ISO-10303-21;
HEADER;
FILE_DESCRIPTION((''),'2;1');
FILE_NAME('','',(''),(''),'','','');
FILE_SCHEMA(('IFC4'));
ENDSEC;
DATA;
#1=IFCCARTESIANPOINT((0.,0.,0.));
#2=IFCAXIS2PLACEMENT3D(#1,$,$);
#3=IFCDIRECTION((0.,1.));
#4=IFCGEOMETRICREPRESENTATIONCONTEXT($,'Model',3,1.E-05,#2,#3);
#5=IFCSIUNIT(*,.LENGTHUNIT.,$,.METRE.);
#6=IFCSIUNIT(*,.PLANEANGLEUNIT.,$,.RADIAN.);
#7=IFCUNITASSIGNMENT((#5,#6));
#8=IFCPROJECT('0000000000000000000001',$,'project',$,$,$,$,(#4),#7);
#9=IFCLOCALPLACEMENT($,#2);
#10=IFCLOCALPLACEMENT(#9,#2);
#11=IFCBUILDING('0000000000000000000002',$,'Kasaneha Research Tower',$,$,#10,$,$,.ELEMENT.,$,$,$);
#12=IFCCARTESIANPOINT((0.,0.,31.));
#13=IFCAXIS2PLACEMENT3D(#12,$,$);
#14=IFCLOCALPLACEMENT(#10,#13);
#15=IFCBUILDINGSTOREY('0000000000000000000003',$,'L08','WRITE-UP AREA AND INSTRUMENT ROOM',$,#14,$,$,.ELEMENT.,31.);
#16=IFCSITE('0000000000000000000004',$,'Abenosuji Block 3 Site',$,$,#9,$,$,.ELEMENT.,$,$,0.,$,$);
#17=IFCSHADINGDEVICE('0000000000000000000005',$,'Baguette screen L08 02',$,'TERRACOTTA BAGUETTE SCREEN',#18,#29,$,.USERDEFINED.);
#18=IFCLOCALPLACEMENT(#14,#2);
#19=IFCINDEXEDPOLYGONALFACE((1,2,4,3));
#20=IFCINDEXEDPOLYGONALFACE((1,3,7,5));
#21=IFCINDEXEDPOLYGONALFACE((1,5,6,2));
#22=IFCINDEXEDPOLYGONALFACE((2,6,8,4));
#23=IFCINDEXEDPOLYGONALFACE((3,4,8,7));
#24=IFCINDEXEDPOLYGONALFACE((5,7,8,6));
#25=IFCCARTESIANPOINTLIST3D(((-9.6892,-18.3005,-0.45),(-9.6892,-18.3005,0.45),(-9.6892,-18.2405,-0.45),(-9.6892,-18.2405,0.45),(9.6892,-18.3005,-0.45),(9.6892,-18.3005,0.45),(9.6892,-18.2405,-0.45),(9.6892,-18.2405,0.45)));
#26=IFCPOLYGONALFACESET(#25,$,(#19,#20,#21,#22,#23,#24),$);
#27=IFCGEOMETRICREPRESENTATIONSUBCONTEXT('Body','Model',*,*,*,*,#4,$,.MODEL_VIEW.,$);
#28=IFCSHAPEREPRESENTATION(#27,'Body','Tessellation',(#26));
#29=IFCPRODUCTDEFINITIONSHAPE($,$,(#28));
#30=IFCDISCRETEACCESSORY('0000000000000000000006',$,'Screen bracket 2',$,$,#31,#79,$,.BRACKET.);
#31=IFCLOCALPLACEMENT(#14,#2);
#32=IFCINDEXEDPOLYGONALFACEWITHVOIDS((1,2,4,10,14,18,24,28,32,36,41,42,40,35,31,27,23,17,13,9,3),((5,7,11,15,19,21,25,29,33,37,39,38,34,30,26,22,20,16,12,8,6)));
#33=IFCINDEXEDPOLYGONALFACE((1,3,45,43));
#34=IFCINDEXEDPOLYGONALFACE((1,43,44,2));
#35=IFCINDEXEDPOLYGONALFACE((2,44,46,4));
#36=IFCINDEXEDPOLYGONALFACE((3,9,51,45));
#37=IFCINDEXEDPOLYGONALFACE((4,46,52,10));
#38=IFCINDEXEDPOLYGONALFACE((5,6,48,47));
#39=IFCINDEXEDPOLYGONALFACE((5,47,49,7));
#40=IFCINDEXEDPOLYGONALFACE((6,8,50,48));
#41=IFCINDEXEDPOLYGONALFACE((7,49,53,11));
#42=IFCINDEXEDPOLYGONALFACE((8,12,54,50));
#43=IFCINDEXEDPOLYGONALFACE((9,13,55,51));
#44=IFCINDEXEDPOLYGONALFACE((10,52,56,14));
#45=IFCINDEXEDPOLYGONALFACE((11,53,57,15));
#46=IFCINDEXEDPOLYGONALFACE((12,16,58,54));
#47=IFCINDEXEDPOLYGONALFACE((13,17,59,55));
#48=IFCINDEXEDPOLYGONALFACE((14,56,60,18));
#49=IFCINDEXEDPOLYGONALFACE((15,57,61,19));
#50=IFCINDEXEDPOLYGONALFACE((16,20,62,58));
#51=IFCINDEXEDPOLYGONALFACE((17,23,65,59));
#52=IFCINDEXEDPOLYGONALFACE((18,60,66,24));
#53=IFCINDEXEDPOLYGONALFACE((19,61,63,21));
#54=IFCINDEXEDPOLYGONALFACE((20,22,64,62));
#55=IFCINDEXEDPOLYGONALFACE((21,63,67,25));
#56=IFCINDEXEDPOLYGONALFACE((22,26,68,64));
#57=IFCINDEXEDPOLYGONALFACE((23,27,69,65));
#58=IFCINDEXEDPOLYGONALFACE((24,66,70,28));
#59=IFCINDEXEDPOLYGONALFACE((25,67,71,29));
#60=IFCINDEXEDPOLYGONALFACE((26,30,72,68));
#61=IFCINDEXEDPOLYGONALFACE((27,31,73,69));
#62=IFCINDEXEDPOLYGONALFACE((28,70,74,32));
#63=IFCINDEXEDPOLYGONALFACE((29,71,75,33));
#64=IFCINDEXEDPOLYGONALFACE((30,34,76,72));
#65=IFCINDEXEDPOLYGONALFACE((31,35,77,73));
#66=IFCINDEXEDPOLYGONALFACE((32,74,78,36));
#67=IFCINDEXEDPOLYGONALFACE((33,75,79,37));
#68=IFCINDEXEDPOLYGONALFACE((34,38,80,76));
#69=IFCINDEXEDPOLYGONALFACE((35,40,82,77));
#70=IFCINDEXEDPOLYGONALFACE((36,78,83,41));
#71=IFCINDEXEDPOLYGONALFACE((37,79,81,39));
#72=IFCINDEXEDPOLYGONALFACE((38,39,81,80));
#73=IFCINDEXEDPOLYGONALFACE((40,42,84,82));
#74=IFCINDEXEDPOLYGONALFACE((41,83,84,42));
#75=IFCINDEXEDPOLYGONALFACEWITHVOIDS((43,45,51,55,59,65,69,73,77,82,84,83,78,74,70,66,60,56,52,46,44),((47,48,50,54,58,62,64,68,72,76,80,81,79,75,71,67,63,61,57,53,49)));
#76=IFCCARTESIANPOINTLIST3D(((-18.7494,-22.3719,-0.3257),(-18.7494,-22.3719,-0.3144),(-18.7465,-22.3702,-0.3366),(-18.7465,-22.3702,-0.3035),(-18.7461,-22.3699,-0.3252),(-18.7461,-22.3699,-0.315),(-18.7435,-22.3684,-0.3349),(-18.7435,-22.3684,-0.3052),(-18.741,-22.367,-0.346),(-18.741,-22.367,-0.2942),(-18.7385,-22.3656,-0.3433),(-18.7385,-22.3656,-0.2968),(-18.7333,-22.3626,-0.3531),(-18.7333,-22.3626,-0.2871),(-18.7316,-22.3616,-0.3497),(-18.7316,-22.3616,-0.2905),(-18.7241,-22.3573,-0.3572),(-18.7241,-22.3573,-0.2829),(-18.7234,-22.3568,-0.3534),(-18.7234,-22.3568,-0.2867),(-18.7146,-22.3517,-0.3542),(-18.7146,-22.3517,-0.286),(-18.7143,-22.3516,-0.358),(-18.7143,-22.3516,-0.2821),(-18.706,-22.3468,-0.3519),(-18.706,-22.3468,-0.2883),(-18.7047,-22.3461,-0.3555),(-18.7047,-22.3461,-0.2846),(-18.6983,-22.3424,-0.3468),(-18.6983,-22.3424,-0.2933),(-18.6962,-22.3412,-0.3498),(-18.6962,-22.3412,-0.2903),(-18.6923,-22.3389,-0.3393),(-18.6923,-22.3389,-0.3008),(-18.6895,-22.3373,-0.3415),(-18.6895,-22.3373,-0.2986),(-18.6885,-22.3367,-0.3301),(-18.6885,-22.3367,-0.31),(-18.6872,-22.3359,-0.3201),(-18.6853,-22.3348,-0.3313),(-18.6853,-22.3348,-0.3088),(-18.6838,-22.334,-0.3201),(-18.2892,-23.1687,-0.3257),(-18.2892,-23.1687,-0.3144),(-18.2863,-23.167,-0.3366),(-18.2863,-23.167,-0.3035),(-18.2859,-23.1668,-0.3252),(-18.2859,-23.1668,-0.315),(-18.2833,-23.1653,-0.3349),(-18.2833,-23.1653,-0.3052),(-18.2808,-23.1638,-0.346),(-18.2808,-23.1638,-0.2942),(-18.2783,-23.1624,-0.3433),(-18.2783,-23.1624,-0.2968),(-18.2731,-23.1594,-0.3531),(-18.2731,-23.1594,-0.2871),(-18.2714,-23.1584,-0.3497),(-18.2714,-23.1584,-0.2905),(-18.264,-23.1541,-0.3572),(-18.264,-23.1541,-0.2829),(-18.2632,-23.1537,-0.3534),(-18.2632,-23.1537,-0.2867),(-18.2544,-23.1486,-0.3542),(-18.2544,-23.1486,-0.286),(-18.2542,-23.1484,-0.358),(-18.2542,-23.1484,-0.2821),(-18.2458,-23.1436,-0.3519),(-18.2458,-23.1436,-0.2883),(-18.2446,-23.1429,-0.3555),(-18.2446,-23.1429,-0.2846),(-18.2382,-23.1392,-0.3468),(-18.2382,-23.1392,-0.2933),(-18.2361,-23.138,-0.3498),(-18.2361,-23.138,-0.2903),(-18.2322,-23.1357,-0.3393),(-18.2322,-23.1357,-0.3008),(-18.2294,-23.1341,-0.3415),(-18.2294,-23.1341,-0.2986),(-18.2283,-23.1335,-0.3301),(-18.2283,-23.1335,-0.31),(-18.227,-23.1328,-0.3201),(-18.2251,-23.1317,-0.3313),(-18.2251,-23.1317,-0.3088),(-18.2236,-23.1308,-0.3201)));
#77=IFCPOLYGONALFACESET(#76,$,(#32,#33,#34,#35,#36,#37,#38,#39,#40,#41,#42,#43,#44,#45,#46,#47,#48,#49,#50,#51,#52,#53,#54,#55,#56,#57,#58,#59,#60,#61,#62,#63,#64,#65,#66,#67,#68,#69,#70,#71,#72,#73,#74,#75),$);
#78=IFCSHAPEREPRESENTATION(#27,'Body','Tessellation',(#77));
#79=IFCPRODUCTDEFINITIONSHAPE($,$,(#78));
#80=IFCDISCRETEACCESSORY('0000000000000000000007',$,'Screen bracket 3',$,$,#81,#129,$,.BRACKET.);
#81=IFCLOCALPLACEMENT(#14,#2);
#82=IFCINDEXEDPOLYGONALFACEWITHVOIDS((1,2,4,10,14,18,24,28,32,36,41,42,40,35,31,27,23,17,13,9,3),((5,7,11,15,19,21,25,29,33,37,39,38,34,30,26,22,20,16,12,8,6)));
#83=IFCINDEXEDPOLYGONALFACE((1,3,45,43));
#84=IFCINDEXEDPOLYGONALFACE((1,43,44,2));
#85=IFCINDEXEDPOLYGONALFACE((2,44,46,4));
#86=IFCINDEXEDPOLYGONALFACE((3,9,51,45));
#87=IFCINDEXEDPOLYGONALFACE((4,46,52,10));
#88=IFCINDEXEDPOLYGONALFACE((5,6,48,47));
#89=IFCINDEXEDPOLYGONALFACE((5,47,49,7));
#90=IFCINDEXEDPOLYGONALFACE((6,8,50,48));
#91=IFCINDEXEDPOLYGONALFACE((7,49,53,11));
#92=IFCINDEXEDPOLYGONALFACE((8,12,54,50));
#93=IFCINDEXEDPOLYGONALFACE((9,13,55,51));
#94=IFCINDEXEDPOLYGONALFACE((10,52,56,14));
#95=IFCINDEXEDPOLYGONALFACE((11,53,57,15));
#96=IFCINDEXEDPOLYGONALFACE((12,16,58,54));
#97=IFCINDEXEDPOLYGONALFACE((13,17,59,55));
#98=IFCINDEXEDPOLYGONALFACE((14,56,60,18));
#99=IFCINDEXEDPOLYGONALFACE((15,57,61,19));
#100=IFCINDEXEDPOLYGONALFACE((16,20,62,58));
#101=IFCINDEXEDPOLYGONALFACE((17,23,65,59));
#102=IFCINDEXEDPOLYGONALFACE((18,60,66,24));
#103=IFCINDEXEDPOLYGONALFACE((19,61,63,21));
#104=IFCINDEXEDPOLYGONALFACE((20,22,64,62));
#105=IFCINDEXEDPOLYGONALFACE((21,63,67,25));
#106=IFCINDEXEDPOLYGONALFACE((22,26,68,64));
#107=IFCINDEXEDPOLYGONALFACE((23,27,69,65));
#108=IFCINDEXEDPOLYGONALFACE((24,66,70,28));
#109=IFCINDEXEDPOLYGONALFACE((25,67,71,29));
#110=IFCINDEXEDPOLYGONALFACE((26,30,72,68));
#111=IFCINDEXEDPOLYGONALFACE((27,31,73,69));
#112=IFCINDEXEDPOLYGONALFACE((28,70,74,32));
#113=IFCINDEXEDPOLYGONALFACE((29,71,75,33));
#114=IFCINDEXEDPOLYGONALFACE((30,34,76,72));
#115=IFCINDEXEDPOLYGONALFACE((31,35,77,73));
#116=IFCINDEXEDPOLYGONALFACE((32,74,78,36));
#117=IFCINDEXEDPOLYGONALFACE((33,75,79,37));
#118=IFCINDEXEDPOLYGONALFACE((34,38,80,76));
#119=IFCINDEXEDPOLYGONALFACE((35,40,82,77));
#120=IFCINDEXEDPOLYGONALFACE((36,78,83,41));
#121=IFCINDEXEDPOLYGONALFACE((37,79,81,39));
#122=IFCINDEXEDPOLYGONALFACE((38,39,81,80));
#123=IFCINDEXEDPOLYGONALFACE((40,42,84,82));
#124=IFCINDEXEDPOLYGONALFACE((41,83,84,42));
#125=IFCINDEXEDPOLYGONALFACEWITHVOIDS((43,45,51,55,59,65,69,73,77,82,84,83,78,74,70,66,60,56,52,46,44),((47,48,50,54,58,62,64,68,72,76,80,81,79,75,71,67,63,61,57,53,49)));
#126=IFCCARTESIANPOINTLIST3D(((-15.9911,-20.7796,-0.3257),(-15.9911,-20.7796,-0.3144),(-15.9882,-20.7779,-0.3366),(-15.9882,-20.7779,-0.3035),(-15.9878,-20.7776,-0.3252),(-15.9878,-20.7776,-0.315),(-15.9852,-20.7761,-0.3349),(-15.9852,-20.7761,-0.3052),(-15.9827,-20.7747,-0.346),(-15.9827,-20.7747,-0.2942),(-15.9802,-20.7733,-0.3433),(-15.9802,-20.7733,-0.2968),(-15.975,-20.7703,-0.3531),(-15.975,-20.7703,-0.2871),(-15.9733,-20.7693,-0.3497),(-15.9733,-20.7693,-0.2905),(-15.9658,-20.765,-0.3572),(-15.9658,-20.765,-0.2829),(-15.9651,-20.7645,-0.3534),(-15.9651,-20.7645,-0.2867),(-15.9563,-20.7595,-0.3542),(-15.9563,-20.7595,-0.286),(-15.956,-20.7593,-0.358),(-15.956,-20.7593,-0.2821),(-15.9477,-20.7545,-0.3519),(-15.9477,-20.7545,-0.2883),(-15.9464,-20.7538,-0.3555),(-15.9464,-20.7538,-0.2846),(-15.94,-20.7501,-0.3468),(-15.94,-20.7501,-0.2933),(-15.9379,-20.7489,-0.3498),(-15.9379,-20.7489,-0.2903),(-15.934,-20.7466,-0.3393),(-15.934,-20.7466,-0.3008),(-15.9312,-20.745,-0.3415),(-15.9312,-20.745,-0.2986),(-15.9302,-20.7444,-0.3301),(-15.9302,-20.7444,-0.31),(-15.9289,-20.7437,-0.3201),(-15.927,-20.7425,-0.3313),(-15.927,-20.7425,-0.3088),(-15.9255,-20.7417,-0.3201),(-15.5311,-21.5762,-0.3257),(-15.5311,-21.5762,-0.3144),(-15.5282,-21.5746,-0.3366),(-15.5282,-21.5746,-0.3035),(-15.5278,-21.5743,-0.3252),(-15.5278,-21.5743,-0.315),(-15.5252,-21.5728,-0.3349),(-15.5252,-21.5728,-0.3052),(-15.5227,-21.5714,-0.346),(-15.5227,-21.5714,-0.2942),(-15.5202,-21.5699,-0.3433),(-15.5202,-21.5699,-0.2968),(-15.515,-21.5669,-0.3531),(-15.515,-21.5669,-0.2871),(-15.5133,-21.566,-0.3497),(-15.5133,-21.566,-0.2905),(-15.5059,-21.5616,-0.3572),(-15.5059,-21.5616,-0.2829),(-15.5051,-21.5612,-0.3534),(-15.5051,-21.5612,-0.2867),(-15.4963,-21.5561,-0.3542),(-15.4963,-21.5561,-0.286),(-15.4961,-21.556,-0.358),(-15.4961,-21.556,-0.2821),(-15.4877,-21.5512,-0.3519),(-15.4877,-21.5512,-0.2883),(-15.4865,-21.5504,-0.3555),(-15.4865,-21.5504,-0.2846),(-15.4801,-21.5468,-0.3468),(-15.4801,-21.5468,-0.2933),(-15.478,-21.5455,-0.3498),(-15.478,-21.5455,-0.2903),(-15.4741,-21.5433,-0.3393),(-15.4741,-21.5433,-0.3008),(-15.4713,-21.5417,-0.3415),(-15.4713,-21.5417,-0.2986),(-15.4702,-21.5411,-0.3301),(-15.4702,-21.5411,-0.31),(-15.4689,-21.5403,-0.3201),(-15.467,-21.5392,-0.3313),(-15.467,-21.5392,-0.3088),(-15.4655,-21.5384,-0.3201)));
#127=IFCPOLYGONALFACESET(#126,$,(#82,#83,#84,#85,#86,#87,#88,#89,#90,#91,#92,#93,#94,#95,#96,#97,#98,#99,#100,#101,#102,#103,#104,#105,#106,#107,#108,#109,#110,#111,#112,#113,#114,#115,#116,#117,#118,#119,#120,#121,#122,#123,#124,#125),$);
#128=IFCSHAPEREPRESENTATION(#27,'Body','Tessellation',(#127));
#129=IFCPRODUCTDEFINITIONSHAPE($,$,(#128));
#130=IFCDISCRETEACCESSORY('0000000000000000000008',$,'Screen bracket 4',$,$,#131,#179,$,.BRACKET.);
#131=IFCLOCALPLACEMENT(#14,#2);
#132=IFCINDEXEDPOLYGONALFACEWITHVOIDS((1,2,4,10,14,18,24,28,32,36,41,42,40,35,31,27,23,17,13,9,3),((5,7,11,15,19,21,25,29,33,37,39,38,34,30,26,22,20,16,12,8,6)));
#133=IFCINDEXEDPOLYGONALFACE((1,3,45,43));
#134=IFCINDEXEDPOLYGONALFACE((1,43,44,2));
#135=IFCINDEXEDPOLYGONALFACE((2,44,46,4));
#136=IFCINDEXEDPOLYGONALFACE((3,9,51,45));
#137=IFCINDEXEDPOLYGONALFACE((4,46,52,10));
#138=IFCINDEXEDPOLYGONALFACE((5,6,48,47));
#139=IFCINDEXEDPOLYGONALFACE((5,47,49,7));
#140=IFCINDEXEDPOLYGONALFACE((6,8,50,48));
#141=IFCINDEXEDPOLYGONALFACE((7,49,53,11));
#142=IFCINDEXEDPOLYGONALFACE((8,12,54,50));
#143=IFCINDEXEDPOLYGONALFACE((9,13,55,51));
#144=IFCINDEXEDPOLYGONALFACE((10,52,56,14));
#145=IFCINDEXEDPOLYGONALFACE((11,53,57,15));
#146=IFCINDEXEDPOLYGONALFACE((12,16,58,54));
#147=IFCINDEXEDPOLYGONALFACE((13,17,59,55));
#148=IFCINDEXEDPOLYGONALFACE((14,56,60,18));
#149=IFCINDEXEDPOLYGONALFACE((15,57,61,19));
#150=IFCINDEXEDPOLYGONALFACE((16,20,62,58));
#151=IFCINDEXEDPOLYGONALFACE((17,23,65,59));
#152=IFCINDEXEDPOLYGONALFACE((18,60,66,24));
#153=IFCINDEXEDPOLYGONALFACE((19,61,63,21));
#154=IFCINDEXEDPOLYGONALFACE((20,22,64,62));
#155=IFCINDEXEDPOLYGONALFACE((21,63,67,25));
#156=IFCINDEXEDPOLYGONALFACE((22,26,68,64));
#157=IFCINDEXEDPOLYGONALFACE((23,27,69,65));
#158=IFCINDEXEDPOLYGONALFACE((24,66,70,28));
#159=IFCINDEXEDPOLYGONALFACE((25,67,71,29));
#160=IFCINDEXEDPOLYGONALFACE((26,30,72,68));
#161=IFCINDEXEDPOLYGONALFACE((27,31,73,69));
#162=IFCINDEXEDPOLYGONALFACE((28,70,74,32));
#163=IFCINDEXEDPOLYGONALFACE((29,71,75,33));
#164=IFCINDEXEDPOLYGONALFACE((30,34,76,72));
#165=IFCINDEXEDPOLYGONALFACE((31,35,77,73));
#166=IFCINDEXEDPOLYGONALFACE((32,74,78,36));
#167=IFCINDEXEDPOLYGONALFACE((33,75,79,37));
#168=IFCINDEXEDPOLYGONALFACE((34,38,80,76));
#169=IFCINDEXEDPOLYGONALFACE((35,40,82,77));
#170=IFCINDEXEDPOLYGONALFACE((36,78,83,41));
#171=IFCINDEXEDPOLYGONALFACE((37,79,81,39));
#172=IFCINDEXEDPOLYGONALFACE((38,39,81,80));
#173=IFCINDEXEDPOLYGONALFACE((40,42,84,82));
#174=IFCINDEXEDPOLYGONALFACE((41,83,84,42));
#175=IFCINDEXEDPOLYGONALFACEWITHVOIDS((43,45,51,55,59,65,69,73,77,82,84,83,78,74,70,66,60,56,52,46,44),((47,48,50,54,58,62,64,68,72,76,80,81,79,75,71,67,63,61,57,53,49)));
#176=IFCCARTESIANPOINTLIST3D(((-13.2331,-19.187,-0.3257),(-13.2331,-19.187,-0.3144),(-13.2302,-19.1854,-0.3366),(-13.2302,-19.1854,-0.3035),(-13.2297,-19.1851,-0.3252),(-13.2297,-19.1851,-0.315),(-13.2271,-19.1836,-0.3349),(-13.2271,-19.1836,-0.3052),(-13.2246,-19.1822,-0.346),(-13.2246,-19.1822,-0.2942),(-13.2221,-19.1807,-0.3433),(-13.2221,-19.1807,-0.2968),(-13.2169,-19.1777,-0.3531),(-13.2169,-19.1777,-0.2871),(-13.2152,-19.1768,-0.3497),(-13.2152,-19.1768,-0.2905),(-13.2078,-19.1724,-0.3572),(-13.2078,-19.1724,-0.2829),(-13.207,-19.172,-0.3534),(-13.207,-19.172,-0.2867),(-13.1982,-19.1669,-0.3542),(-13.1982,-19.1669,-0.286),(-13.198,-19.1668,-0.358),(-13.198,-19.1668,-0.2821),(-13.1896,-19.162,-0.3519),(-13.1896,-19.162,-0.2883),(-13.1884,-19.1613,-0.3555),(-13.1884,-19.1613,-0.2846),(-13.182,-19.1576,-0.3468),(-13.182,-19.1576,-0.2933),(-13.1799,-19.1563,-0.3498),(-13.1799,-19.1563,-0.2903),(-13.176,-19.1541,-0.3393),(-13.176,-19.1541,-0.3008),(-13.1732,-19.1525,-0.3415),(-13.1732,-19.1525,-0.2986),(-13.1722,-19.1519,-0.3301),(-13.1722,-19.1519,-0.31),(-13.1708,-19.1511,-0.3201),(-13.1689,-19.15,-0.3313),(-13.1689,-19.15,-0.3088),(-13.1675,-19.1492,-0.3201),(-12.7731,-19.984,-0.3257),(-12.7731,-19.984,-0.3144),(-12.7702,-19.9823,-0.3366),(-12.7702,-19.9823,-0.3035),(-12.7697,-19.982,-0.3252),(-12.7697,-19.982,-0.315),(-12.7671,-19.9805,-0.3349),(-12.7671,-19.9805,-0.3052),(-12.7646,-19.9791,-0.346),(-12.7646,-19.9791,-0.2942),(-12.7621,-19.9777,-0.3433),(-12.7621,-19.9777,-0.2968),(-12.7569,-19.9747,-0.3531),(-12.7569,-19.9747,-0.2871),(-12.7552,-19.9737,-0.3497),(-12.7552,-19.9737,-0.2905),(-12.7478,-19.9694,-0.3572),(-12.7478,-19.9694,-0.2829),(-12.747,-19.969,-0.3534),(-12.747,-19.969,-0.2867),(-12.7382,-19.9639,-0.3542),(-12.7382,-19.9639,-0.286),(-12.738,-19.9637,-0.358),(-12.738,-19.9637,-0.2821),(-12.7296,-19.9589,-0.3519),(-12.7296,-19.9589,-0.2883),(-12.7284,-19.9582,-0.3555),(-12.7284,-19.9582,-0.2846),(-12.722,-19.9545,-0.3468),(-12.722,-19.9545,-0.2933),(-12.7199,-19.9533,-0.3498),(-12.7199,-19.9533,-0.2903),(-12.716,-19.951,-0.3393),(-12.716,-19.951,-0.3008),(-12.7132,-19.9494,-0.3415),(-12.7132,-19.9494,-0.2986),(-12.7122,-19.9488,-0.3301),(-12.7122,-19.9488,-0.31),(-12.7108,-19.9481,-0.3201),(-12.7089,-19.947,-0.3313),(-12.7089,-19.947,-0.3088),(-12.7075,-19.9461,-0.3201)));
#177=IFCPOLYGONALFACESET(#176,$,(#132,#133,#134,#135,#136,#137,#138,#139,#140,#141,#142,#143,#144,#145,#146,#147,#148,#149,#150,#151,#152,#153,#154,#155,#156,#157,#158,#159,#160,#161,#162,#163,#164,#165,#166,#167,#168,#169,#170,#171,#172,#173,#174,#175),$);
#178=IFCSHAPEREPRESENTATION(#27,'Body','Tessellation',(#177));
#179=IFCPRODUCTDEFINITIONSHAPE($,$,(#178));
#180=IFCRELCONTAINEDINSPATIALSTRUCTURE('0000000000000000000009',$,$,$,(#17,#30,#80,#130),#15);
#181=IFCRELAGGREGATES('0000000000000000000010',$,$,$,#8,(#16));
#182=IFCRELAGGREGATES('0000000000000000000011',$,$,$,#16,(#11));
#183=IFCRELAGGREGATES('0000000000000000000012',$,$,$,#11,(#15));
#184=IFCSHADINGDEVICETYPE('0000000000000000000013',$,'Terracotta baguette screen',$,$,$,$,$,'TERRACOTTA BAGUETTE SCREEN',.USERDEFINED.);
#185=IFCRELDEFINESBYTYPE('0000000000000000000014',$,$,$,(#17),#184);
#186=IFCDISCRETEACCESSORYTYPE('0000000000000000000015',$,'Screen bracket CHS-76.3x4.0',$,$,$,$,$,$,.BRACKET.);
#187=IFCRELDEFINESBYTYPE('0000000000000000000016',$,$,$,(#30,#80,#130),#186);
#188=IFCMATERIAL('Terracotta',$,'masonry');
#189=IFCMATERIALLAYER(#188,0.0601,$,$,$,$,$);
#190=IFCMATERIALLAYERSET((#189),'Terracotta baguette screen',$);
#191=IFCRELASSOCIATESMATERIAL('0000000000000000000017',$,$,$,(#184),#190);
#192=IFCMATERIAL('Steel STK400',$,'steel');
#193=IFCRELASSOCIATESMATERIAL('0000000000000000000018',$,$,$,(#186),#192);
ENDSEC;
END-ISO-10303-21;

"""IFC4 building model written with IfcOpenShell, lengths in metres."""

from ifc_helpers import new_model, si_unit, direction, frame, origin, origin_2d, place, context, subcontext, project, spatial, rectangle, hollow_circle, extrude, material, layer, layer_set, material_profile, profile_set, type_object, element, save


model = new_model("IFC4")

# Units and contexts
model_context = context("Model", 3, precision=1e-05, world=origin(), true_north=direction((0.0, 1.0)))
body_context = subcontext(model_context, "Body", "Model", "MODEL_VIEW")
ifc_project = project(units=[si_unit("LENGTHUNIT", "METRE"), si_unit("PLANEANGLEUNIT", "RADIAN")], contexts=[model_context])

# Site, building, storey
site_placement = place(None, origin())
site = spatial("IfcSite", under=ifc_project, at=site_placement, Name="Abenosuji Block 3 Site", CompositionType="ELEMENT", RefElevation=0.0)
building_placement = place(site_placement, origin())
building = spatial("IfcBuilding", under=site, at=building_placement, Name="Kasaneha Research Tower", CompositionType="ELEMENT")
storey_placement = place(building_placement, frame((0.0, 0.0, 31.0)))
storey = spatial("IfcBuildingStorey", under=building, at=storey_placement, Name="L08", Description="WRITE-UP AREA AND INSTRUMENT ROOM", CompositionType="ELEMENT", Elevation=31.0)

# Shading device
ifc_material_1 = material(Name="Terracotta", Category="masonry")
ifc_layer_1 = layer(ifc_material_1, 0.0601)
ifc_layer_set_1 = layer_set([ifc_layer_1], Name="Terracotta baguette screen")
shading_device_type = type_object("IfcShadingDeviceType", Name="Terracotta baguette screen", ElementType="TERRACOTTA BAGUETTE SCREEN", PredefinedType="USERDEFINED", material=ifc_layer_set_1)
shading_device_1_placement = place(storey_placement, frame((0.0, -18.2705, -0.45), z_axis=(0.0, 0.0, 1.0), x_axis=(1.0, 0.0, 0.0)))
element("IfcShadingDevice", 1, at=shading_device_1_placement, inside=storey, type_object=shading_device_type, Name="Baguette screen L08 02", ObjectType="TERRACOTTA BAGUETTE SCREEN", PredefinedType="USERDEFINED", context=body_context, shape_type="SweptSolid", body=[
    extrude(rectangle(XDim=19.3784, YDim=0.0601, at=origin_2d()), origin(), (0.0, 0.0, 1.0), 0.8999),
])

# Discrete accessories
ifc_material_2 = material(Name="Steel STK400", Category="steel")
ifc_material_profile_1 = material_profile(ifc_material_2, hollow_circle(Radius=0.0381, WallThickness=0.0039, at=origin_2d()), Name="CHS-76.3x4.0")
ifc_profile_set_1 = profile_set([ifc_material_profile_1], Name="Steel STK400")
discrete_accessory_type = type_object("IfcDiscreteAccessoryType", Name="Screen bracket CHS-76.3x4.0", PredefinedType="BRACKET", material=ifc_profile_set_1)
discrete_accessory_1_placement = place(storey_placement, frame((-18.7168, -22.353, -0.3201), z_axis=(0.500105, -0.865965, 0.0), x_axis=(0.865965, 0.500105, 0.0)))
element("IfcDiscreteAccessory", 2, at=discrete_accessory_1_placement, inside=storey, type_object=discrete_accessory_type, Name="Screen bracket 2", PredefinedType="BRACKET", context=body_context, shape_type="SweptSolid", body=[
    extrude(hollow_circle(Radius=0.0381, WallThickness=0.0039, at=origin_2d()), origin(), (0.0, 0.0, 1.0), 0.9202),
])
discrete_accessory_2_placement = place(storey_placement, frame((-15.9585, -20.7607, -0.3201), z_axis=(0.500021, -0.866013, 0.0), x_axis=(0.866013, 0.500021, 0.0)))
element("IfcDiscreteAccessory", 3, at=discrete_accessory_2_placement, inside=storey, type_object=discrete_accessory_type, Name="Screen bracket 3", PredefinedType="BRACKET", context=body_context, shape_type="SweptSolid", body=[
    extrude(hollow_circle(Radius=0.0381, WallThickness=0.0039, at=origin_2d()), origin(), (0.0, 0.0, 1.0), 0.9199),
])
discrete_accessory_3_placement = place(storey_placement, frame((-13.2004, -19.1682, -0.3201), z_axis=(0.499906, -0.86608, 0.0), x_axis=(0.86608, 0.499906, 0.0)))
element("IfcDiscreteAccessory", 4, at=discrete_accessory_3_placement, inside=storey, type_object=discrete_accessory_type, Name="Screen bracket 4", PredefinedType="BRACKET", context=body_context, shape_type="SweptSolid", body=[
    extrude(hollow_circle(Radius=0.0381, WallThickness=0.0039, at=origin_2d()), origin(), (0.0, 0.0, 1.0), 0.9202),
])

save(model, "model.ifc")
